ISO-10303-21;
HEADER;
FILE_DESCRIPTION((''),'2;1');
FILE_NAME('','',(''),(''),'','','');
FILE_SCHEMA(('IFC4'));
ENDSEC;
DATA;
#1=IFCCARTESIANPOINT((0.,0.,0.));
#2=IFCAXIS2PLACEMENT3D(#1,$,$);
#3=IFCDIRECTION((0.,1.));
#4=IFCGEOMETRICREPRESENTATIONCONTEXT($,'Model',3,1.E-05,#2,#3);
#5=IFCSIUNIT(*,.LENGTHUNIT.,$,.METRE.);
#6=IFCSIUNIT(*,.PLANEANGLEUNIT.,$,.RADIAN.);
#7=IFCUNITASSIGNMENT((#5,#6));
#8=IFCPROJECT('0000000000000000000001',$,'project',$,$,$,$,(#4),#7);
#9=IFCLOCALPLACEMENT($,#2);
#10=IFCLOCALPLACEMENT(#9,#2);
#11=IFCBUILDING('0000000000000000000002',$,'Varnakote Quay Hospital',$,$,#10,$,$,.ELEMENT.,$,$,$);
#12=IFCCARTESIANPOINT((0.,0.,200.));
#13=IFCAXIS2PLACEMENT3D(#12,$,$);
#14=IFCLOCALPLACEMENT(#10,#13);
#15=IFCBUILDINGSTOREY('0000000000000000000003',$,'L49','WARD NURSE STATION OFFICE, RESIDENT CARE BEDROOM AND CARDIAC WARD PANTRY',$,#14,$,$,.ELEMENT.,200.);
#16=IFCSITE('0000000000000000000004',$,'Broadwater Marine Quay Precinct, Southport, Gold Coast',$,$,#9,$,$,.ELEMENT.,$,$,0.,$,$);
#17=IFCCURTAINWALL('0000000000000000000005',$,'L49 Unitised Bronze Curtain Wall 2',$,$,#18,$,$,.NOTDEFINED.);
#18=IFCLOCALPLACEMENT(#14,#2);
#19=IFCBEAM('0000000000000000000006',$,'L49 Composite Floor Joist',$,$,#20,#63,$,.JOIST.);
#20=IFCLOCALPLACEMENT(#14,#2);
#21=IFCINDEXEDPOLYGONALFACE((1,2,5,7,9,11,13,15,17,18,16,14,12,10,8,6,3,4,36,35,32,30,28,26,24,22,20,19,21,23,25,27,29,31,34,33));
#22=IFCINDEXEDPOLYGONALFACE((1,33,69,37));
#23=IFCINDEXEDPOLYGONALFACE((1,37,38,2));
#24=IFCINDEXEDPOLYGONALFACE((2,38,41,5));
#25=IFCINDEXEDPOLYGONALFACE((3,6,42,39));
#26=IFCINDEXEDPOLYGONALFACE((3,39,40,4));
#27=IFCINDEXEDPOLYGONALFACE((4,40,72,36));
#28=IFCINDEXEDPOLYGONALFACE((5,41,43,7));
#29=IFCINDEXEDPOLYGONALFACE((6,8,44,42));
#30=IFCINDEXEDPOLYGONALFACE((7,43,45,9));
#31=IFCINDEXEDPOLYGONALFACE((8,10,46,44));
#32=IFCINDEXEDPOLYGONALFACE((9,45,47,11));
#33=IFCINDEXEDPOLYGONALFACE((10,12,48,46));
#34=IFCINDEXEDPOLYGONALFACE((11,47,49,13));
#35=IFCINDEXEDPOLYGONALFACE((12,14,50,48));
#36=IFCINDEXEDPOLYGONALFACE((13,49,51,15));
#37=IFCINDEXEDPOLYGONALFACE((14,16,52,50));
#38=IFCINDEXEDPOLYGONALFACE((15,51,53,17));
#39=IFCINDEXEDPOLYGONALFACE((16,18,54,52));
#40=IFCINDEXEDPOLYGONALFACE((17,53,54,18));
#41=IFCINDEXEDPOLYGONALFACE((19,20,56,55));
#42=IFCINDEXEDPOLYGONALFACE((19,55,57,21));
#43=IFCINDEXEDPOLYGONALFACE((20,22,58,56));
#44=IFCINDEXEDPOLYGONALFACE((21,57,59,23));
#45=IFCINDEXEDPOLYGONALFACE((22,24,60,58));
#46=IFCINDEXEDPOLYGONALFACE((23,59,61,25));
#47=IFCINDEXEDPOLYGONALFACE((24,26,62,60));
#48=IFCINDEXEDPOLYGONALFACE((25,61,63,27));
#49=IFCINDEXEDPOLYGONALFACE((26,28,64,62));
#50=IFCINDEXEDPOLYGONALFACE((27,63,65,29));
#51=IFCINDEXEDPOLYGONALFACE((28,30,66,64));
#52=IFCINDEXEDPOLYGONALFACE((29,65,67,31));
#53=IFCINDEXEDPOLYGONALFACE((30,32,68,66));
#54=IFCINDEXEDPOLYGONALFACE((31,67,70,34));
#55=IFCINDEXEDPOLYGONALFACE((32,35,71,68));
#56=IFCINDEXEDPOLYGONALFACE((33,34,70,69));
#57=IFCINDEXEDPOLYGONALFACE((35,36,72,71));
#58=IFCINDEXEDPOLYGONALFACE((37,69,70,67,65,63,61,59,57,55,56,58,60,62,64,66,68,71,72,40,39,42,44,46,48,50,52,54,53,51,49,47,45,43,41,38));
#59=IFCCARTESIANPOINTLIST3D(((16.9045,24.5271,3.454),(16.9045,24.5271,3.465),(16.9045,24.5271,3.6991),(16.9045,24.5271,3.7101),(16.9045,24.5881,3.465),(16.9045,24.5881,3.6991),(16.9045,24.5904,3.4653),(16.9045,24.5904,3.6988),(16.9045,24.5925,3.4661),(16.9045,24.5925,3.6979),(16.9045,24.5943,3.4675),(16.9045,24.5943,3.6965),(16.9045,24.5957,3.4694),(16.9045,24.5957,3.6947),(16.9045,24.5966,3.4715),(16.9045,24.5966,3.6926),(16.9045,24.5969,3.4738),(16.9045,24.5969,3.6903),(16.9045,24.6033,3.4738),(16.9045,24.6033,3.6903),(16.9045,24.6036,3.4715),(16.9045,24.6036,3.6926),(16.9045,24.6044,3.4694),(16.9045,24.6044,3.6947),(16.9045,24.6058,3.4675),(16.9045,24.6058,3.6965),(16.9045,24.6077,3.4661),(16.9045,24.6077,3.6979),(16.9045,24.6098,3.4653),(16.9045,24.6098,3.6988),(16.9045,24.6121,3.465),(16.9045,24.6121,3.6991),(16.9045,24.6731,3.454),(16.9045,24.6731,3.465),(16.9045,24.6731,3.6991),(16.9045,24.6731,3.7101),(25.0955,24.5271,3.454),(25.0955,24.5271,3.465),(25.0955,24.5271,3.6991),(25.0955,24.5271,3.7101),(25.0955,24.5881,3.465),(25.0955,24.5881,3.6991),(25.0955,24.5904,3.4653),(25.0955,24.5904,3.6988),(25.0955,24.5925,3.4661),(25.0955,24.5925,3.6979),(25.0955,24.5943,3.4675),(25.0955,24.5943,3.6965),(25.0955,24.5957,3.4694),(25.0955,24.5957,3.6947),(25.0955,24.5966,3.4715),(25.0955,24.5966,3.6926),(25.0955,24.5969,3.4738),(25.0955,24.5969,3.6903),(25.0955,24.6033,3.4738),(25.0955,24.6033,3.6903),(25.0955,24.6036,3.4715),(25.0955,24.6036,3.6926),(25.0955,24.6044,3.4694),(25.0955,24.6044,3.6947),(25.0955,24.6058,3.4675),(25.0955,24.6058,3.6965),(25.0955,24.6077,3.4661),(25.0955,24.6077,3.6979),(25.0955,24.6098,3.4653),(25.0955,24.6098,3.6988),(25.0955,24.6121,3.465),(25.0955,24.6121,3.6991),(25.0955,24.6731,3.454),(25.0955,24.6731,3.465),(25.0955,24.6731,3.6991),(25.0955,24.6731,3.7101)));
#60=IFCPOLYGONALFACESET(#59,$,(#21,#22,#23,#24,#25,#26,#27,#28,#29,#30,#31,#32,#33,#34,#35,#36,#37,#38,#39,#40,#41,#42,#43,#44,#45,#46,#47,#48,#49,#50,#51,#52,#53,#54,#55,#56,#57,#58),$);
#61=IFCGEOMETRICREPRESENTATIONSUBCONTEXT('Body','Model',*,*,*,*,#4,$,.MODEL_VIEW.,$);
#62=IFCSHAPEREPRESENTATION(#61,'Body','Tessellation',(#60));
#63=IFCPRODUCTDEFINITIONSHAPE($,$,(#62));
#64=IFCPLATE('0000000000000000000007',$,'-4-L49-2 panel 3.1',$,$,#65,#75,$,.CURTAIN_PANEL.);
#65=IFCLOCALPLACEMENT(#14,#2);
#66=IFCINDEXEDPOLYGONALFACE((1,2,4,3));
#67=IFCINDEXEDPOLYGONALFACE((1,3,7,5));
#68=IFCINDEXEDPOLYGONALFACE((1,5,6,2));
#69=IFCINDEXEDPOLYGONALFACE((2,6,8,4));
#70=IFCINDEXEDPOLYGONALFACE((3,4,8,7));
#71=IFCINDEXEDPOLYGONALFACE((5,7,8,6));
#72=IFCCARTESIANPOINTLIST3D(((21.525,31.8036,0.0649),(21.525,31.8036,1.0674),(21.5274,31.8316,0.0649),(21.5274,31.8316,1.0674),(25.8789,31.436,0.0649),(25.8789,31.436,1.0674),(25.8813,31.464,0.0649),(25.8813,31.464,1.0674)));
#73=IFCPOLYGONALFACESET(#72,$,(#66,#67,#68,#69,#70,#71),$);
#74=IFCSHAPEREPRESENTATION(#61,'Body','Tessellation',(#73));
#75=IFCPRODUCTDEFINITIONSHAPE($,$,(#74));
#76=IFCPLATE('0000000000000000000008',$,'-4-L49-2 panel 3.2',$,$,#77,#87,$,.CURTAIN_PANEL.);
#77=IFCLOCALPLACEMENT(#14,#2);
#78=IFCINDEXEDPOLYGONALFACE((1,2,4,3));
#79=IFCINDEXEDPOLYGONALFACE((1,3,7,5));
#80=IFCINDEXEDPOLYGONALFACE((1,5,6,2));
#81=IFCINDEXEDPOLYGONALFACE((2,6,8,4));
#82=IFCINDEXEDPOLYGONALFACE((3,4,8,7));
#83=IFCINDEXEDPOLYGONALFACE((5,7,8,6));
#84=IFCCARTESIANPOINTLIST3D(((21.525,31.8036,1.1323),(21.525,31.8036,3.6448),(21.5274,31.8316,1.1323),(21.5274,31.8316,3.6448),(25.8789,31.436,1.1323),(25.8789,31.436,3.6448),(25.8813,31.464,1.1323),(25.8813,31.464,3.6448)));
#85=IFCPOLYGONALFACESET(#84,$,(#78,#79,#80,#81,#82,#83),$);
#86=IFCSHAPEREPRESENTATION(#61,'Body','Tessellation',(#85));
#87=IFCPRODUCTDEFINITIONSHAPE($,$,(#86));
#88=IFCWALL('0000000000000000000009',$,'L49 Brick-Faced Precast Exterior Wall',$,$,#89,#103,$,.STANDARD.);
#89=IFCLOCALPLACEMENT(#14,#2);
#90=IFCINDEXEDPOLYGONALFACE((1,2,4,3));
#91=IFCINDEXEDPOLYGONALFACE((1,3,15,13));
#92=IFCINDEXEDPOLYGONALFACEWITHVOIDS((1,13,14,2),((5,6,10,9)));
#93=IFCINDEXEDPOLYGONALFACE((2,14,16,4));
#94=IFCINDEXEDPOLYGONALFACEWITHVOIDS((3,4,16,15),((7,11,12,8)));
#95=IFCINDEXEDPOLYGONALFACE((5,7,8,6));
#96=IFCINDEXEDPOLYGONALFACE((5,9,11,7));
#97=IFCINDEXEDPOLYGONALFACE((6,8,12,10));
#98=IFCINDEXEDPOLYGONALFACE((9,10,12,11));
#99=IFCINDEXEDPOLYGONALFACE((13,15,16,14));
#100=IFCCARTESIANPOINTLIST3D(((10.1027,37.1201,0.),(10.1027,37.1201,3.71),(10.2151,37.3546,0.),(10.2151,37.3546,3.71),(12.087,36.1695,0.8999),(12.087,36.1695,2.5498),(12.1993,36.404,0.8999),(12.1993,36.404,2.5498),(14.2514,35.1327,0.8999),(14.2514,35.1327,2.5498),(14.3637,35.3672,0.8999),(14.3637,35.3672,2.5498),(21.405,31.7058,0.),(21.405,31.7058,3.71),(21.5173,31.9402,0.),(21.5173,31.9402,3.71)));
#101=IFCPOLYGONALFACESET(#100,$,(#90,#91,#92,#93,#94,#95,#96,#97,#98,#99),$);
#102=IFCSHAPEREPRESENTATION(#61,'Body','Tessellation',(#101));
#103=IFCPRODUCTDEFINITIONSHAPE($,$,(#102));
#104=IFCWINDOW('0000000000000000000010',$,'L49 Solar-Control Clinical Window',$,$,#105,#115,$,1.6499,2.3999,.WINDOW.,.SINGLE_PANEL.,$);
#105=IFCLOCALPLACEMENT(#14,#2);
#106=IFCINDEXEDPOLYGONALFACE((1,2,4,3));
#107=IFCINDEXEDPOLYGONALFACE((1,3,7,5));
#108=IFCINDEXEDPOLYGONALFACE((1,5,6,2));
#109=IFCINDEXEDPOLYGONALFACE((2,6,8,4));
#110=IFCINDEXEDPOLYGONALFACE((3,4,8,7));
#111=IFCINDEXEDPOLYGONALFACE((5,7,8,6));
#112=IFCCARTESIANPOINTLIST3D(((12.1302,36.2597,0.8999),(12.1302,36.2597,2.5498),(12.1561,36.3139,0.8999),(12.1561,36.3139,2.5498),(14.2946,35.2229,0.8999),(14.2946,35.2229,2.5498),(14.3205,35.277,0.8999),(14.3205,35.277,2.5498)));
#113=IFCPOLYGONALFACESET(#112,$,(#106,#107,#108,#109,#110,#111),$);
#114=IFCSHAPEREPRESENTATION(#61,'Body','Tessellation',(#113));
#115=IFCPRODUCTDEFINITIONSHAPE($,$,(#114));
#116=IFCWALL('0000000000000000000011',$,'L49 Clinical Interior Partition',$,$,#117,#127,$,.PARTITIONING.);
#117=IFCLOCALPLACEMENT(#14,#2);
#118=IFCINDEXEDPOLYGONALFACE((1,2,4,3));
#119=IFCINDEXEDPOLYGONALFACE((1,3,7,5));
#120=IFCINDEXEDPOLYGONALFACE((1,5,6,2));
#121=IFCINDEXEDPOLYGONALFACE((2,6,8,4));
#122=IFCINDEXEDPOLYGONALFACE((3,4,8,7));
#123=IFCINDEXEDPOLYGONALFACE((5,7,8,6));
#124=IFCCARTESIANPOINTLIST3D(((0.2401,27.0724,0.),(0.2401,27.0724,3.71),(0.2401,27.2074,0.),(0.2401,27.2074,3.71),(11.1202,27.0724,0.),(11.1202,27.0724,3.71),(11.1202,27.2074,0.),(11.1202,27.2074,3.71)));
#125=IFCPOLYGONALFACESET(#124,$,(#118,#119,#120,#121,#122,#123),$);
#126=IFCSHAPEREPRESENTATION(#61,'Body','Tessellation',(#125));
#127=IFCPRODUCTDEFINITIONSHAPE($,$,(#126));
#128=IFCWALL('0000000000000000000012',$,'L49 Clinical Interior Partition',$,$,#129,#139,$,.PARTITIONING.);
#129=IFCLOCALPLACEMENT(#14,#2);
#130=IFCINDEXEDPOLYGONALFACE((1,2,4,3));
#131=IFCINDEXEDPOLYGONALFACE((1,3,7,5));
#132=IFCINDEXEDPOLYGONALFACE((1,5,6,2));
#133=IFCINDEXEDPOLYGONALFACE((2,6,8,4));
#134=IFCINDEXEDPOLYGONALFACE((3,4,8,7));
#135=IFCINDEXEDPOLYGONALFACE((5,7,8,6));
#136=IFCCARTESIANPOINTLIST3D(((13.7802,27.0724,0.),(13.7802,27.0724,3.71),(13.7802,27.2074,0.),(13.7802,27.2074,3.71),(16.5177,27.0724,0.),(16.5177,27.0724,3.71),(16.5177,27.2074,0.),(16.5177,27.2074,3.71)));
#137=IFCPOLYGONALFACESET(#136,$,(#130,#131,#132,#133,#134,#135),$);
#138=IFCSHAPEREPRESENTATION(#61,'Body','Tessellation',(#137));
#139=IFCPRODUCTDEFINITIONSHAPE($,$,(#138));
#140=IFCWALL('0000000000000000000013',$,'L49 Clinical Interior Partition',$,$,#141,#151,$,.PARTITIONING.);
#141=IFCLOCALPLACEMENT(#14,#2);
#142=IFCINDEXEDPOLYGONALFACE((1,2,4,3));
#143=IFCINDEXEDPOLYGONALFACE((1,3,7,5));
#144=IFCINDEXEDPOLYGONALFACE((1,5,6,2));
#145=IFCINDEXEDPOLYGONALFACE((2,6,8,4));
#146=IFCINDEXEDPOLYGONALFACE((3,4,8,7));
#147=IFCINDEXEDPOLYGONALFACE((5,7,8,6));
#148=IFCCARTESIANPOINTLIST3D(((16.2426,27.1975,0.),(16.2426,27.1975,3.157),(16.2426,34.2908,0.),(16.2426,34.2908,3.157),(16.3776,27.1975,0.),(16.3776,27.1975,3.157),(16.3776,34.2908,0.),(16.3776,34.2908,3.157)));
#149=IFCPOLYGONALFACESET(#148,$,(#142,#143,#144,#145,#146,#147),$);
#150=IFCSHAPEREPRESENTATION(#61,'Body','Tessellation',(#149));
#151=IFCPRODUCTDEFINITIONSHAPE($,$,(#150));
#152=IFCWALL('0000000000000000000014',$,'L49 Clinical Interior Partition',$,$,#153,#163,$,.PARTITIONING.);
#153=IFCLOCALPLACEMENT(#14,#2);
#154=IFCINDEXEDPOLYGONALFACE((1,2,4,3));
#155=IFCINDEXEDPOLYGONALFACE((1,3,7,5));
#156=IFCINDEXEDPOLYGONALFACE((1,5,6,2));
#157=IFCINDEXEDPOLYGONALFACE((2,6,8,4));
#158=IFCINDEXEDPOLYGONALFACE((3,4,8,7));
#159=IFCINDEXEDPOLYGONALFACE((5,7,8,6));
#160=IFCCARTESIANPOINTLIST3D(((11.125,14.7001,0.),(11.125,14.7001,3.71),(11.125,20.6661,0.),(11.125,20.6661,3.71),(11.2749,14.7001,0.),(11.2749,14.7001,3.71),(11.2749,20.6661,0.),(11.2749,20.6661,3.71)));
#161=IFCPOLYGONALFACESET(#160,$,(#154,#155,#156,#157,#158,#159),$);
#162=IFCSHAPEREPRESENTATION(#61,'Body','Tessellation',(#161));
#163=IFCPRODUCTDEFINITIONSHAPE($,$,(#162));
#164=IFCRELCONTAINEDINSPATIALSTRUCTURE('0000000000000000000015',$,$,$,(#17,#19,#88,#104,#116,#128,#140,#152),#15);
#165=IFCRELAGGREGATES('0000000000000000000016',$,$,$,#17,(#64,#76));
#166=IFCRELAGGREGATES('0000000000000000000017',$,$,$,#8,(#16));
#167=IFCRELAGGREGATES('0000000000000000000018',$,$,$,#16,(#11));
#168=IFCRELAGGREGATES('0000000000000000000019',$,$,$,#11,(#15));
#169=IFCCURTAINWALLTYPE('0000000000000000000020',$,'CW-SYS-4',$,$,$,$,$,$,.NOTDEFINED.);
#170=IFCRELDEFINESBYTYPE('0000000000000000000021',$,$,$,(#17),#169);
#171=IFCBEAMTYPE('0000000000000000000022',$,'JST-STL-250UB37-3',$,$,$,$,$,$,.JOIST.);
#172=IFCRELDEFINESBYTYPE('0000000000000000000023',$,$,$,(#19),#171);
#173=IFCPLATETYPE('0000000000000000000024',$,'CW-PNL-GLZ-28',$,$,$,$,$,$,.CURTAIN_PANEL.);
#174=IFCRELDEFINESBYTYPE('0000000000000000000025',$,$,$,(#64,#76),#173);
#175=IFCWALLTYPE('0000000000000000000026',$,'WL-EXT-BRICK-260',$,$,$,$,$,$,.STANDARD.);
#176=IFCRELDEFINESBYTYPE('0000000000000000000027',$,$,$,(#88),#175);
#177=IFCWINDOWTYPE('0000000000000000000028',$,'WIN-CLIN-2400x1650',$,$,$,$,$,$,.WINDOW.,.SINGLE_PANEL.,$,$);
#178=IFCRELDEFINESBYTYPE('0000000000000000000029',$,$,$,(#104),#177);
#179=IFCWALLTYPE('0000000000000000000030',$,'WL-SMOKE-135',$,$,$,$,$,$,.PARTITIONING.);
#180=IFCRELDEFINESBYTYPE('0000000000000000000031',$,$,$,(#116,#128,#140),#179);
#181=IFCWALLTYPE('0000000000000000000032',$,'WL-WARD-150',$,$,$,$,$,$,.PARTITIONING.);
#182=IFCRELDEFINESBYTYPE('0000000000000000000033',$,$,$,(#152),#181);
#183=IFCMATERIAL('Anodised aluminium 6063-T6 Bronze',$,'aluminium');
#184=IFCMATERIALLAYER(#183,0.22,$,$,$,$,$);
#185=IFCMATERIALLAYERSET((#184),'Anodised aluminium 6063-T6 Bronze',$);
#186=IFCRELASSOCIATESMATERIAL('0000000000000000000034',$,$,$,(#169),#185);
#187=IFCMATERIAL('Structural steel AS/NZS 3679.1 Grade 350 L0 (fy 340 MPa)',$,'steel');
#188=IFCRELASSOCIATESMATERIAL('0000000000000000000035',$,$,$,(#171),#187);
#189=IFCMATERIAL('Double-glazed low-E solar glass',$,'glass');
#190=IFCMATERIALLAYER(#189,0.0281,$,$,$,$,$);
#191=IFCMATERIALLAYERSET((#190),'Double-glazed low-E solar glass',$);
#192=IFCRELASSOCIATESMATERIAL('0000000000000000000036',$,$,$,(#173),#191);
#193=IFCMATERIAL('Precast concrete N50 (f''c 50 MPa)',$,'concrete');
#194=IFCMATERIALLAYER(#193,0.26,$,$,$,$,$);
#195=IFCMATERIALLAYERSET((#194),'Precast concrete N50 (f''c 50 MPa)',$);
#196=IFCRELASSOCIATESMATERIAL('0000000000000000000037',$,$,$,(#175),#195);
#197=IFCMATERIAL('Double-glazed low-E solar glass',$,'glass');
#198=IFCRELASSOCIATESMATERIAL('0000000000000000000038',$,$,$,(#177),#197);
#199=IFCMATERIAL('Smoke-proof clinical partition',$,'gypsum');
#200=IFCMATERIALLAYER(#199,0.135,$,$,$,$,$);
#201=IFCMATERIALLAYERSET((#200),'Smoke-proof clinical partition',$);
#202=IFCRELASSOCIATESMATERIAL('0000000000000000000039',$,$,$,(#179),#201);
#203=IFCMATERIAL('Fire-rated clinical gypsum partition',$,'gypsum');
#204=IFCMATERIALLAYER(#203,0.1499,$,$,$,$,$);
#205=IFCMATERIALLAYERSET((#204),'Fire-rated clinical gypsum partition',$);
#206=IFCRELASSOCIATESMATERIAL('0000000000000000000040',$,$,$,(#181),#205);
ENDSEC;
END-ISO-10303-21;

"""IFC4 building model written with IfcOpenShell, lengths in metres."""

from ifc_helpers import new_model, si_unit, direction, frame, frame_2d, origin, origin_2d, place, context, subcontext, project, spatial, rectangle, i_section, extrude, material, layer, layer_set, material_profile, profile_set, type_object, element, fill, aggregate, save


model = new_model("IFC4")

# Units and contexts
model_context = context("Model", 3, precision=1e-05, world=origin(), true_north=direction((0.0, 1.0)))
body_context = subcontext(model_context, "Body", "Model", "MODEL_VIEW")
ifc_project = project(units=[si_unit("LENGTHUNIT", "METRE"), si_unit("PLANEANGLEUNIT", "RADIAN")], contexts=[model_context])

# Site, building, storey
site_placement = place(None, origin())
site = spatial("IfcSite", under=ifc_project, at=site_placement, Name="Broadwater Marine Quay Precinct, Southport, Gold Coast", CompositionType="ELEMENT", RefElevation=0.0)
building_placement = place(site_placement, origin())
building = spatial("IfcBuilding", under=site, at=building_placement, Name="Varnakote Quay Hospital", CompositionType="ELEMENT")
storey_placement = place(building_placement, frame((0.0, 0.0, 200.0)))
storey = spatial("IfcBuildingStorey", under=building, at=storey_placement, Name="L49", Description="WARD NURSE STATION OFFICE, RESIDENT CARE BEDROOM AND CARDIAC WARD PANTRY", CompositionType="ELEMENT", Elevation=200.0)

# Curtain wall
ifc_material_1 = material(Name="Anodised aluminium 6063-T6 Bronze", Category="aluminium")
ifc_layer_1 = layer(ifc_material_1, 0.22)
ifc_layer_set_1 = layer_set([ifc_layer_1], Name="Anodised aluminium 6063-T6 Bronze")
curtain_wall_type = type_object("IfcCurtainWallType", Name="CW-SYS-4", PredefinedType="NOTDEFINED", material=ifc_layer_set_1)
curtain_wall_placement = place(storey_placement, origin())
curtain_wall = element("IfcCurtainWall", 1, at=curtain_wall_placement, inside=storey, type_object=curtain_wall_type, Name="L49 Unitised Bronze Curtain Wall 2", PredefinedType="NOTDEFINED")

# Beam
ifc_material_2 = material(Name="Structural steel AS/NZS 3679.1 Grade 350 L0 (fy 340 MPa)", Category="steel")
ifc_material_profile_1 = material_profile(ifc_material_2, i_section(OverallWidth=0.146, OverallDepth=0.2561, WebThickness=0.0063, FlangeThickness=0.011, FilletRadius=0.0088, at=origin_2d()), Name="250UB37.3")
ifc_profile_set_1 = profile_set([ifc_material_profile_1], Name="Structural steel AS/NZS 3679.1 Grade 350 L0 (fy 340 MPa)")
beam_type_1 = type_object("IfcBeamType", Name="JST-STL-250UB37-3", PredefinedType="JOIST", material=ifc_profile_set_1)
beam_1_placement = place(storey_placement, frame((16.9045, 24.6001, 3.582), z_axis=(1.0, 0.0, 0.0), x_axis=(0.0, 1.0, 0.0)))
element("IfcBeam", 2, at=beam_1_placement, inside=storey, type_object=beam_type_1, Name="L49 Composite Floor Joist", PredefinedType="JOIST", context=body_context, shape_type="SweptSolid", body=[
    extrude(i_section(OverallWidth=0.146, OverallDepth=0.2561, WebThickness=0.0063, FlangeThickness=0.011, FilletRadius=0.0088, at=origin_2d()), origin(), (0.0, 0.0, 1.0), 8.1909),
])

# Plates
ifc_material_3 = material(Name="Double-glazed low-E solar glass", Category="glass")
ifc_layer_2 = layer(ifc_material_3, 0.0281)
ifc_layer_set_2 = layer_set([ifc_layer_2], Name="Double-glazed low-E solar glass")
plate_type = type_object("IfcPlateType", Name="CW-PNL-GLZ-28", PredefinedType="CURTAIN_PANEL", material=ifc_layer_set_2)
plate_1_placement = place(storey_placement, frame((23.7031, 31.6338, 0.0649), z_axis=(0.0, 0.0, 1.0), x_axis=(-0.996454, 0.084136, 0.0)))
plate_1 = element("IfcPlate", 3, at=plate_1_placement, type_object=plate_type, Name="-4-L49-2 panel 3.1", PredefinedType="CURTAIN_PANEL", context=body_context, shape_type="SweptSolid", body=[
    extrude(rectangle(XDim=4.3694, YDim=0.0281, at=origin_2d()), origin(), (0.0, 0.0, 1.0), 1.0024),
])
plate_2_placement = place(storey_placement, frame((23.7031, 31.6338, 1.1323), z_axis=(0.0, 0.0, 1.0), x_axis=(-0.996454, 0.084136, 0.0)))
plate_2 = element("IfcPlate", 4, at=plate_2_placement, type_object=plate_type, Name="-4-L49-2 panel 3.2", PredefinedType="CURTAIN_PANEL", context=body_context, shape_type="SweptSolid", body=[
    extrude(rectangle(XDim=4.3694, YDim=0.0281, at=origin_2d()), origin(), (0.0, 0.0, 1.0), 2.5125),
])
aggregate(curtain_wall, [plate_1, plate_2])

# Wall, opening, window
ifc_material_4 = material(Name="Precast concrete N50 (f'c 50 MPa)", Category="concrete")
ifc_layer_3 = layer(ifc_material_4, 0.26)
ifc_layer_set_3 = layer_set([ifc_layer_3], Name="Precast concrete N50 (f'c 50 MPa)")
wall_type_1 = type_object("IfcWallType", Name="WL-EXT-BRICK-260", PredefinedType="STANDARD", material=ifc_layer_set_3)
wall_1_placement = place(storey_placement, frame((21.4612, 31.823, 0.0), z_axis=(0.0, 0.0, 1.0), x_axis=(-0.901858, 0.432032, 0.0)))
wall_1 = element("IfcWall", 5, at=wall_1_placement, inside=storey, type_object=wall_type_1, Name="L49 Brick-Faced Precast Exterior Wall", PredefinedType="STANDARD", context=body_context, shape_type="SweptSolid", body=[
    extrude(rectangle(XDim=12.5322, YDim=0.26, at=frame_2d((6.2661, 0.0))), origin(), (0.0, 0.0, 1.0), 3.71),
])
opening_1_placement = place(wall_1_placement, frame((7.9321, 0.0, 0.8999)))
opening_1 = element("IfcOpeningElement", 6, at=opening_1_placement, cuts=wall_1, PredefinedType="OPENING", context=body_context, shape_type="SweptSolid", body=[
    extrude(rectangle(XDim=2.3999, YDim=1.6499, at=frame_2d((1.2, 0.825))), frame((0.0, 0.1399, 0.0), z_axis=(0.0, -1.0, 0.0), x_axis=(1.0, 0.0, 0.0)), (0.0, 0.0, 1.0), 0.28),
])
ifc_material_5 = material(Name="Double-glazed low-E solar glass", Category="glass")
window_type = type_object("IfcWindowType", Name="WIN-CLIN-2400x1650", PartitioningType="SINGLE_PANEL", PredefinedType="WINDOW", material=ifc_material_5)
window_placement = place(opening_1_placement, origin())
window = element("IfcWindow", 7, at=window_placement, inside=storey, type_object=window_type, Name="L49 Solar-Control Clinical Window", OverallHeight=1.6499, OverallWidth=2.3999, PartitioningType="SINGLE_PANEL", PredefinedType="WINDOW", context=body_context, shape_type="SweptSolid", body=[
    extrude(rectangle(XDim=2.3999, YDim=1.6499, at=frame_2d((1.2, 0.825))), frame((0.0, 0.03, 0.0), z_axis=(0.0, -1.0, 0.0), x_axis=(1.0, 0.0, 0.0)), (0.0, 0.0, 1.0), 0.0601),
])
fill(opening_1, window)

# Walls
ifc_material_6 = material(Name="Smoke-proof clinical partition", Category="gypsum")
ifc_layer_4 = layer(ifc_material_6, 0.135)
ifc_layer_set_4 = layer_set([ifc_layer_4], Name="Smoke-proof clinical partition")
wall_type_2 = type_object("IfcWallType", Name="WL-SMOKE-135", PredefinedType="PARTITIONING", material=ifc_layer_set_4)
wall_2_placement = place(storey_placement, frame((11.1201, 27.1399, 0.0), z_axis=(0.0, 0.0, 1.0), x_axis=(-1.0, 0.0, 0.0)))
element("IfcWall", 8, at=wall_2_placement, inside=storey, type_object=wall_type_2, Name="L49 Clinical Interior Partition", PredefinedType="PARTITIONING", context=body_context, shape_type="SweptSolid", body=[
    extrude(rectangle(XDim=10.8801, YDim=0.135, at=frame_2d((5.4399, 0.0))), origin(), (0.0, 0.0, 1.0), 3.71),
])
wall_3_placement = place(storey_placement, frame((16.5176, 27.1399, 0.0), z_axis=(0.0, 0.0, 1.0), x_axis=(-1.0, 0.0, 0.0)))
element("IfcWall", 9, at=wall_3_placement, inside=storey, type_object=wall_type_2, Name="L49 Clinical Interior Partition", PredefinedType="PARTITIONING", context=body_context, shape_type="SweptSolid", body=[
    extrude(rectangle(XDim=2.7375, YDim=0.135, at=frame_2d((1.3687, 0.0))), origin(), (0.0, 0.0, 1.0), 3.71),
])
wall_4_placement = place(storey_placement, frame((16.3101, 27.1975, 0.0), z_axis=(0.0, 0.0, 1.0), x_axis=(0.0, 1.0, 0.0)))
element("IfcWall", 10, at=wall_4_placement, inside=storey, type_object=wall_type_2, Name="L49 Clinical Interior Partition", PredefinedType="PARTITIONING", context=body_context, shape_type="SweptSolid", body=[
    extrude(rectangle(XDim=7.0933, YDim=0.135, at=frame_2d((3.5466, 0.0))), origin(), (0.0, 0.0, 1.0), 3.157),
])
ifc_material_7 = material(Name="Fire-rated clinical gypsum partition", Category="gypsum")
ifc_layer_5 = layer(ifc_material_7, 0.1499)
ifc_layer_set_5 = layer_set([ifc_layer_5], Name="Fire-rated clinical gypsum partition")
wall_type_3 = type_object("IfcWallType", Name="WL-WARD-150", PredefinedType="PARTITIONING", material=ifc_layer_set_5)
wall_5_placement = place(storey_placement, frame((11.2, 20.666, 0.0), z_axis=(0.0, 0.0, 1.0), x_axis=(0.0, -1.0, 0.0)))
element("IfcWall", 11, at=wall_5_placement, inside=storey, type_object=wall_type_3, Name="L49 Clinical Interior Partition", PredefinedType="PARTITIONING", context=body_context, shape_type="SweptSolid", body=[
    extrude(rectangle(XDim=5.9661, YDim=0.1499, at=frame_2d((2.9829, 0.0))), origin(), (0.0, 0.0, 1.0), 3.71),
])

save(model, "model.ifc")
